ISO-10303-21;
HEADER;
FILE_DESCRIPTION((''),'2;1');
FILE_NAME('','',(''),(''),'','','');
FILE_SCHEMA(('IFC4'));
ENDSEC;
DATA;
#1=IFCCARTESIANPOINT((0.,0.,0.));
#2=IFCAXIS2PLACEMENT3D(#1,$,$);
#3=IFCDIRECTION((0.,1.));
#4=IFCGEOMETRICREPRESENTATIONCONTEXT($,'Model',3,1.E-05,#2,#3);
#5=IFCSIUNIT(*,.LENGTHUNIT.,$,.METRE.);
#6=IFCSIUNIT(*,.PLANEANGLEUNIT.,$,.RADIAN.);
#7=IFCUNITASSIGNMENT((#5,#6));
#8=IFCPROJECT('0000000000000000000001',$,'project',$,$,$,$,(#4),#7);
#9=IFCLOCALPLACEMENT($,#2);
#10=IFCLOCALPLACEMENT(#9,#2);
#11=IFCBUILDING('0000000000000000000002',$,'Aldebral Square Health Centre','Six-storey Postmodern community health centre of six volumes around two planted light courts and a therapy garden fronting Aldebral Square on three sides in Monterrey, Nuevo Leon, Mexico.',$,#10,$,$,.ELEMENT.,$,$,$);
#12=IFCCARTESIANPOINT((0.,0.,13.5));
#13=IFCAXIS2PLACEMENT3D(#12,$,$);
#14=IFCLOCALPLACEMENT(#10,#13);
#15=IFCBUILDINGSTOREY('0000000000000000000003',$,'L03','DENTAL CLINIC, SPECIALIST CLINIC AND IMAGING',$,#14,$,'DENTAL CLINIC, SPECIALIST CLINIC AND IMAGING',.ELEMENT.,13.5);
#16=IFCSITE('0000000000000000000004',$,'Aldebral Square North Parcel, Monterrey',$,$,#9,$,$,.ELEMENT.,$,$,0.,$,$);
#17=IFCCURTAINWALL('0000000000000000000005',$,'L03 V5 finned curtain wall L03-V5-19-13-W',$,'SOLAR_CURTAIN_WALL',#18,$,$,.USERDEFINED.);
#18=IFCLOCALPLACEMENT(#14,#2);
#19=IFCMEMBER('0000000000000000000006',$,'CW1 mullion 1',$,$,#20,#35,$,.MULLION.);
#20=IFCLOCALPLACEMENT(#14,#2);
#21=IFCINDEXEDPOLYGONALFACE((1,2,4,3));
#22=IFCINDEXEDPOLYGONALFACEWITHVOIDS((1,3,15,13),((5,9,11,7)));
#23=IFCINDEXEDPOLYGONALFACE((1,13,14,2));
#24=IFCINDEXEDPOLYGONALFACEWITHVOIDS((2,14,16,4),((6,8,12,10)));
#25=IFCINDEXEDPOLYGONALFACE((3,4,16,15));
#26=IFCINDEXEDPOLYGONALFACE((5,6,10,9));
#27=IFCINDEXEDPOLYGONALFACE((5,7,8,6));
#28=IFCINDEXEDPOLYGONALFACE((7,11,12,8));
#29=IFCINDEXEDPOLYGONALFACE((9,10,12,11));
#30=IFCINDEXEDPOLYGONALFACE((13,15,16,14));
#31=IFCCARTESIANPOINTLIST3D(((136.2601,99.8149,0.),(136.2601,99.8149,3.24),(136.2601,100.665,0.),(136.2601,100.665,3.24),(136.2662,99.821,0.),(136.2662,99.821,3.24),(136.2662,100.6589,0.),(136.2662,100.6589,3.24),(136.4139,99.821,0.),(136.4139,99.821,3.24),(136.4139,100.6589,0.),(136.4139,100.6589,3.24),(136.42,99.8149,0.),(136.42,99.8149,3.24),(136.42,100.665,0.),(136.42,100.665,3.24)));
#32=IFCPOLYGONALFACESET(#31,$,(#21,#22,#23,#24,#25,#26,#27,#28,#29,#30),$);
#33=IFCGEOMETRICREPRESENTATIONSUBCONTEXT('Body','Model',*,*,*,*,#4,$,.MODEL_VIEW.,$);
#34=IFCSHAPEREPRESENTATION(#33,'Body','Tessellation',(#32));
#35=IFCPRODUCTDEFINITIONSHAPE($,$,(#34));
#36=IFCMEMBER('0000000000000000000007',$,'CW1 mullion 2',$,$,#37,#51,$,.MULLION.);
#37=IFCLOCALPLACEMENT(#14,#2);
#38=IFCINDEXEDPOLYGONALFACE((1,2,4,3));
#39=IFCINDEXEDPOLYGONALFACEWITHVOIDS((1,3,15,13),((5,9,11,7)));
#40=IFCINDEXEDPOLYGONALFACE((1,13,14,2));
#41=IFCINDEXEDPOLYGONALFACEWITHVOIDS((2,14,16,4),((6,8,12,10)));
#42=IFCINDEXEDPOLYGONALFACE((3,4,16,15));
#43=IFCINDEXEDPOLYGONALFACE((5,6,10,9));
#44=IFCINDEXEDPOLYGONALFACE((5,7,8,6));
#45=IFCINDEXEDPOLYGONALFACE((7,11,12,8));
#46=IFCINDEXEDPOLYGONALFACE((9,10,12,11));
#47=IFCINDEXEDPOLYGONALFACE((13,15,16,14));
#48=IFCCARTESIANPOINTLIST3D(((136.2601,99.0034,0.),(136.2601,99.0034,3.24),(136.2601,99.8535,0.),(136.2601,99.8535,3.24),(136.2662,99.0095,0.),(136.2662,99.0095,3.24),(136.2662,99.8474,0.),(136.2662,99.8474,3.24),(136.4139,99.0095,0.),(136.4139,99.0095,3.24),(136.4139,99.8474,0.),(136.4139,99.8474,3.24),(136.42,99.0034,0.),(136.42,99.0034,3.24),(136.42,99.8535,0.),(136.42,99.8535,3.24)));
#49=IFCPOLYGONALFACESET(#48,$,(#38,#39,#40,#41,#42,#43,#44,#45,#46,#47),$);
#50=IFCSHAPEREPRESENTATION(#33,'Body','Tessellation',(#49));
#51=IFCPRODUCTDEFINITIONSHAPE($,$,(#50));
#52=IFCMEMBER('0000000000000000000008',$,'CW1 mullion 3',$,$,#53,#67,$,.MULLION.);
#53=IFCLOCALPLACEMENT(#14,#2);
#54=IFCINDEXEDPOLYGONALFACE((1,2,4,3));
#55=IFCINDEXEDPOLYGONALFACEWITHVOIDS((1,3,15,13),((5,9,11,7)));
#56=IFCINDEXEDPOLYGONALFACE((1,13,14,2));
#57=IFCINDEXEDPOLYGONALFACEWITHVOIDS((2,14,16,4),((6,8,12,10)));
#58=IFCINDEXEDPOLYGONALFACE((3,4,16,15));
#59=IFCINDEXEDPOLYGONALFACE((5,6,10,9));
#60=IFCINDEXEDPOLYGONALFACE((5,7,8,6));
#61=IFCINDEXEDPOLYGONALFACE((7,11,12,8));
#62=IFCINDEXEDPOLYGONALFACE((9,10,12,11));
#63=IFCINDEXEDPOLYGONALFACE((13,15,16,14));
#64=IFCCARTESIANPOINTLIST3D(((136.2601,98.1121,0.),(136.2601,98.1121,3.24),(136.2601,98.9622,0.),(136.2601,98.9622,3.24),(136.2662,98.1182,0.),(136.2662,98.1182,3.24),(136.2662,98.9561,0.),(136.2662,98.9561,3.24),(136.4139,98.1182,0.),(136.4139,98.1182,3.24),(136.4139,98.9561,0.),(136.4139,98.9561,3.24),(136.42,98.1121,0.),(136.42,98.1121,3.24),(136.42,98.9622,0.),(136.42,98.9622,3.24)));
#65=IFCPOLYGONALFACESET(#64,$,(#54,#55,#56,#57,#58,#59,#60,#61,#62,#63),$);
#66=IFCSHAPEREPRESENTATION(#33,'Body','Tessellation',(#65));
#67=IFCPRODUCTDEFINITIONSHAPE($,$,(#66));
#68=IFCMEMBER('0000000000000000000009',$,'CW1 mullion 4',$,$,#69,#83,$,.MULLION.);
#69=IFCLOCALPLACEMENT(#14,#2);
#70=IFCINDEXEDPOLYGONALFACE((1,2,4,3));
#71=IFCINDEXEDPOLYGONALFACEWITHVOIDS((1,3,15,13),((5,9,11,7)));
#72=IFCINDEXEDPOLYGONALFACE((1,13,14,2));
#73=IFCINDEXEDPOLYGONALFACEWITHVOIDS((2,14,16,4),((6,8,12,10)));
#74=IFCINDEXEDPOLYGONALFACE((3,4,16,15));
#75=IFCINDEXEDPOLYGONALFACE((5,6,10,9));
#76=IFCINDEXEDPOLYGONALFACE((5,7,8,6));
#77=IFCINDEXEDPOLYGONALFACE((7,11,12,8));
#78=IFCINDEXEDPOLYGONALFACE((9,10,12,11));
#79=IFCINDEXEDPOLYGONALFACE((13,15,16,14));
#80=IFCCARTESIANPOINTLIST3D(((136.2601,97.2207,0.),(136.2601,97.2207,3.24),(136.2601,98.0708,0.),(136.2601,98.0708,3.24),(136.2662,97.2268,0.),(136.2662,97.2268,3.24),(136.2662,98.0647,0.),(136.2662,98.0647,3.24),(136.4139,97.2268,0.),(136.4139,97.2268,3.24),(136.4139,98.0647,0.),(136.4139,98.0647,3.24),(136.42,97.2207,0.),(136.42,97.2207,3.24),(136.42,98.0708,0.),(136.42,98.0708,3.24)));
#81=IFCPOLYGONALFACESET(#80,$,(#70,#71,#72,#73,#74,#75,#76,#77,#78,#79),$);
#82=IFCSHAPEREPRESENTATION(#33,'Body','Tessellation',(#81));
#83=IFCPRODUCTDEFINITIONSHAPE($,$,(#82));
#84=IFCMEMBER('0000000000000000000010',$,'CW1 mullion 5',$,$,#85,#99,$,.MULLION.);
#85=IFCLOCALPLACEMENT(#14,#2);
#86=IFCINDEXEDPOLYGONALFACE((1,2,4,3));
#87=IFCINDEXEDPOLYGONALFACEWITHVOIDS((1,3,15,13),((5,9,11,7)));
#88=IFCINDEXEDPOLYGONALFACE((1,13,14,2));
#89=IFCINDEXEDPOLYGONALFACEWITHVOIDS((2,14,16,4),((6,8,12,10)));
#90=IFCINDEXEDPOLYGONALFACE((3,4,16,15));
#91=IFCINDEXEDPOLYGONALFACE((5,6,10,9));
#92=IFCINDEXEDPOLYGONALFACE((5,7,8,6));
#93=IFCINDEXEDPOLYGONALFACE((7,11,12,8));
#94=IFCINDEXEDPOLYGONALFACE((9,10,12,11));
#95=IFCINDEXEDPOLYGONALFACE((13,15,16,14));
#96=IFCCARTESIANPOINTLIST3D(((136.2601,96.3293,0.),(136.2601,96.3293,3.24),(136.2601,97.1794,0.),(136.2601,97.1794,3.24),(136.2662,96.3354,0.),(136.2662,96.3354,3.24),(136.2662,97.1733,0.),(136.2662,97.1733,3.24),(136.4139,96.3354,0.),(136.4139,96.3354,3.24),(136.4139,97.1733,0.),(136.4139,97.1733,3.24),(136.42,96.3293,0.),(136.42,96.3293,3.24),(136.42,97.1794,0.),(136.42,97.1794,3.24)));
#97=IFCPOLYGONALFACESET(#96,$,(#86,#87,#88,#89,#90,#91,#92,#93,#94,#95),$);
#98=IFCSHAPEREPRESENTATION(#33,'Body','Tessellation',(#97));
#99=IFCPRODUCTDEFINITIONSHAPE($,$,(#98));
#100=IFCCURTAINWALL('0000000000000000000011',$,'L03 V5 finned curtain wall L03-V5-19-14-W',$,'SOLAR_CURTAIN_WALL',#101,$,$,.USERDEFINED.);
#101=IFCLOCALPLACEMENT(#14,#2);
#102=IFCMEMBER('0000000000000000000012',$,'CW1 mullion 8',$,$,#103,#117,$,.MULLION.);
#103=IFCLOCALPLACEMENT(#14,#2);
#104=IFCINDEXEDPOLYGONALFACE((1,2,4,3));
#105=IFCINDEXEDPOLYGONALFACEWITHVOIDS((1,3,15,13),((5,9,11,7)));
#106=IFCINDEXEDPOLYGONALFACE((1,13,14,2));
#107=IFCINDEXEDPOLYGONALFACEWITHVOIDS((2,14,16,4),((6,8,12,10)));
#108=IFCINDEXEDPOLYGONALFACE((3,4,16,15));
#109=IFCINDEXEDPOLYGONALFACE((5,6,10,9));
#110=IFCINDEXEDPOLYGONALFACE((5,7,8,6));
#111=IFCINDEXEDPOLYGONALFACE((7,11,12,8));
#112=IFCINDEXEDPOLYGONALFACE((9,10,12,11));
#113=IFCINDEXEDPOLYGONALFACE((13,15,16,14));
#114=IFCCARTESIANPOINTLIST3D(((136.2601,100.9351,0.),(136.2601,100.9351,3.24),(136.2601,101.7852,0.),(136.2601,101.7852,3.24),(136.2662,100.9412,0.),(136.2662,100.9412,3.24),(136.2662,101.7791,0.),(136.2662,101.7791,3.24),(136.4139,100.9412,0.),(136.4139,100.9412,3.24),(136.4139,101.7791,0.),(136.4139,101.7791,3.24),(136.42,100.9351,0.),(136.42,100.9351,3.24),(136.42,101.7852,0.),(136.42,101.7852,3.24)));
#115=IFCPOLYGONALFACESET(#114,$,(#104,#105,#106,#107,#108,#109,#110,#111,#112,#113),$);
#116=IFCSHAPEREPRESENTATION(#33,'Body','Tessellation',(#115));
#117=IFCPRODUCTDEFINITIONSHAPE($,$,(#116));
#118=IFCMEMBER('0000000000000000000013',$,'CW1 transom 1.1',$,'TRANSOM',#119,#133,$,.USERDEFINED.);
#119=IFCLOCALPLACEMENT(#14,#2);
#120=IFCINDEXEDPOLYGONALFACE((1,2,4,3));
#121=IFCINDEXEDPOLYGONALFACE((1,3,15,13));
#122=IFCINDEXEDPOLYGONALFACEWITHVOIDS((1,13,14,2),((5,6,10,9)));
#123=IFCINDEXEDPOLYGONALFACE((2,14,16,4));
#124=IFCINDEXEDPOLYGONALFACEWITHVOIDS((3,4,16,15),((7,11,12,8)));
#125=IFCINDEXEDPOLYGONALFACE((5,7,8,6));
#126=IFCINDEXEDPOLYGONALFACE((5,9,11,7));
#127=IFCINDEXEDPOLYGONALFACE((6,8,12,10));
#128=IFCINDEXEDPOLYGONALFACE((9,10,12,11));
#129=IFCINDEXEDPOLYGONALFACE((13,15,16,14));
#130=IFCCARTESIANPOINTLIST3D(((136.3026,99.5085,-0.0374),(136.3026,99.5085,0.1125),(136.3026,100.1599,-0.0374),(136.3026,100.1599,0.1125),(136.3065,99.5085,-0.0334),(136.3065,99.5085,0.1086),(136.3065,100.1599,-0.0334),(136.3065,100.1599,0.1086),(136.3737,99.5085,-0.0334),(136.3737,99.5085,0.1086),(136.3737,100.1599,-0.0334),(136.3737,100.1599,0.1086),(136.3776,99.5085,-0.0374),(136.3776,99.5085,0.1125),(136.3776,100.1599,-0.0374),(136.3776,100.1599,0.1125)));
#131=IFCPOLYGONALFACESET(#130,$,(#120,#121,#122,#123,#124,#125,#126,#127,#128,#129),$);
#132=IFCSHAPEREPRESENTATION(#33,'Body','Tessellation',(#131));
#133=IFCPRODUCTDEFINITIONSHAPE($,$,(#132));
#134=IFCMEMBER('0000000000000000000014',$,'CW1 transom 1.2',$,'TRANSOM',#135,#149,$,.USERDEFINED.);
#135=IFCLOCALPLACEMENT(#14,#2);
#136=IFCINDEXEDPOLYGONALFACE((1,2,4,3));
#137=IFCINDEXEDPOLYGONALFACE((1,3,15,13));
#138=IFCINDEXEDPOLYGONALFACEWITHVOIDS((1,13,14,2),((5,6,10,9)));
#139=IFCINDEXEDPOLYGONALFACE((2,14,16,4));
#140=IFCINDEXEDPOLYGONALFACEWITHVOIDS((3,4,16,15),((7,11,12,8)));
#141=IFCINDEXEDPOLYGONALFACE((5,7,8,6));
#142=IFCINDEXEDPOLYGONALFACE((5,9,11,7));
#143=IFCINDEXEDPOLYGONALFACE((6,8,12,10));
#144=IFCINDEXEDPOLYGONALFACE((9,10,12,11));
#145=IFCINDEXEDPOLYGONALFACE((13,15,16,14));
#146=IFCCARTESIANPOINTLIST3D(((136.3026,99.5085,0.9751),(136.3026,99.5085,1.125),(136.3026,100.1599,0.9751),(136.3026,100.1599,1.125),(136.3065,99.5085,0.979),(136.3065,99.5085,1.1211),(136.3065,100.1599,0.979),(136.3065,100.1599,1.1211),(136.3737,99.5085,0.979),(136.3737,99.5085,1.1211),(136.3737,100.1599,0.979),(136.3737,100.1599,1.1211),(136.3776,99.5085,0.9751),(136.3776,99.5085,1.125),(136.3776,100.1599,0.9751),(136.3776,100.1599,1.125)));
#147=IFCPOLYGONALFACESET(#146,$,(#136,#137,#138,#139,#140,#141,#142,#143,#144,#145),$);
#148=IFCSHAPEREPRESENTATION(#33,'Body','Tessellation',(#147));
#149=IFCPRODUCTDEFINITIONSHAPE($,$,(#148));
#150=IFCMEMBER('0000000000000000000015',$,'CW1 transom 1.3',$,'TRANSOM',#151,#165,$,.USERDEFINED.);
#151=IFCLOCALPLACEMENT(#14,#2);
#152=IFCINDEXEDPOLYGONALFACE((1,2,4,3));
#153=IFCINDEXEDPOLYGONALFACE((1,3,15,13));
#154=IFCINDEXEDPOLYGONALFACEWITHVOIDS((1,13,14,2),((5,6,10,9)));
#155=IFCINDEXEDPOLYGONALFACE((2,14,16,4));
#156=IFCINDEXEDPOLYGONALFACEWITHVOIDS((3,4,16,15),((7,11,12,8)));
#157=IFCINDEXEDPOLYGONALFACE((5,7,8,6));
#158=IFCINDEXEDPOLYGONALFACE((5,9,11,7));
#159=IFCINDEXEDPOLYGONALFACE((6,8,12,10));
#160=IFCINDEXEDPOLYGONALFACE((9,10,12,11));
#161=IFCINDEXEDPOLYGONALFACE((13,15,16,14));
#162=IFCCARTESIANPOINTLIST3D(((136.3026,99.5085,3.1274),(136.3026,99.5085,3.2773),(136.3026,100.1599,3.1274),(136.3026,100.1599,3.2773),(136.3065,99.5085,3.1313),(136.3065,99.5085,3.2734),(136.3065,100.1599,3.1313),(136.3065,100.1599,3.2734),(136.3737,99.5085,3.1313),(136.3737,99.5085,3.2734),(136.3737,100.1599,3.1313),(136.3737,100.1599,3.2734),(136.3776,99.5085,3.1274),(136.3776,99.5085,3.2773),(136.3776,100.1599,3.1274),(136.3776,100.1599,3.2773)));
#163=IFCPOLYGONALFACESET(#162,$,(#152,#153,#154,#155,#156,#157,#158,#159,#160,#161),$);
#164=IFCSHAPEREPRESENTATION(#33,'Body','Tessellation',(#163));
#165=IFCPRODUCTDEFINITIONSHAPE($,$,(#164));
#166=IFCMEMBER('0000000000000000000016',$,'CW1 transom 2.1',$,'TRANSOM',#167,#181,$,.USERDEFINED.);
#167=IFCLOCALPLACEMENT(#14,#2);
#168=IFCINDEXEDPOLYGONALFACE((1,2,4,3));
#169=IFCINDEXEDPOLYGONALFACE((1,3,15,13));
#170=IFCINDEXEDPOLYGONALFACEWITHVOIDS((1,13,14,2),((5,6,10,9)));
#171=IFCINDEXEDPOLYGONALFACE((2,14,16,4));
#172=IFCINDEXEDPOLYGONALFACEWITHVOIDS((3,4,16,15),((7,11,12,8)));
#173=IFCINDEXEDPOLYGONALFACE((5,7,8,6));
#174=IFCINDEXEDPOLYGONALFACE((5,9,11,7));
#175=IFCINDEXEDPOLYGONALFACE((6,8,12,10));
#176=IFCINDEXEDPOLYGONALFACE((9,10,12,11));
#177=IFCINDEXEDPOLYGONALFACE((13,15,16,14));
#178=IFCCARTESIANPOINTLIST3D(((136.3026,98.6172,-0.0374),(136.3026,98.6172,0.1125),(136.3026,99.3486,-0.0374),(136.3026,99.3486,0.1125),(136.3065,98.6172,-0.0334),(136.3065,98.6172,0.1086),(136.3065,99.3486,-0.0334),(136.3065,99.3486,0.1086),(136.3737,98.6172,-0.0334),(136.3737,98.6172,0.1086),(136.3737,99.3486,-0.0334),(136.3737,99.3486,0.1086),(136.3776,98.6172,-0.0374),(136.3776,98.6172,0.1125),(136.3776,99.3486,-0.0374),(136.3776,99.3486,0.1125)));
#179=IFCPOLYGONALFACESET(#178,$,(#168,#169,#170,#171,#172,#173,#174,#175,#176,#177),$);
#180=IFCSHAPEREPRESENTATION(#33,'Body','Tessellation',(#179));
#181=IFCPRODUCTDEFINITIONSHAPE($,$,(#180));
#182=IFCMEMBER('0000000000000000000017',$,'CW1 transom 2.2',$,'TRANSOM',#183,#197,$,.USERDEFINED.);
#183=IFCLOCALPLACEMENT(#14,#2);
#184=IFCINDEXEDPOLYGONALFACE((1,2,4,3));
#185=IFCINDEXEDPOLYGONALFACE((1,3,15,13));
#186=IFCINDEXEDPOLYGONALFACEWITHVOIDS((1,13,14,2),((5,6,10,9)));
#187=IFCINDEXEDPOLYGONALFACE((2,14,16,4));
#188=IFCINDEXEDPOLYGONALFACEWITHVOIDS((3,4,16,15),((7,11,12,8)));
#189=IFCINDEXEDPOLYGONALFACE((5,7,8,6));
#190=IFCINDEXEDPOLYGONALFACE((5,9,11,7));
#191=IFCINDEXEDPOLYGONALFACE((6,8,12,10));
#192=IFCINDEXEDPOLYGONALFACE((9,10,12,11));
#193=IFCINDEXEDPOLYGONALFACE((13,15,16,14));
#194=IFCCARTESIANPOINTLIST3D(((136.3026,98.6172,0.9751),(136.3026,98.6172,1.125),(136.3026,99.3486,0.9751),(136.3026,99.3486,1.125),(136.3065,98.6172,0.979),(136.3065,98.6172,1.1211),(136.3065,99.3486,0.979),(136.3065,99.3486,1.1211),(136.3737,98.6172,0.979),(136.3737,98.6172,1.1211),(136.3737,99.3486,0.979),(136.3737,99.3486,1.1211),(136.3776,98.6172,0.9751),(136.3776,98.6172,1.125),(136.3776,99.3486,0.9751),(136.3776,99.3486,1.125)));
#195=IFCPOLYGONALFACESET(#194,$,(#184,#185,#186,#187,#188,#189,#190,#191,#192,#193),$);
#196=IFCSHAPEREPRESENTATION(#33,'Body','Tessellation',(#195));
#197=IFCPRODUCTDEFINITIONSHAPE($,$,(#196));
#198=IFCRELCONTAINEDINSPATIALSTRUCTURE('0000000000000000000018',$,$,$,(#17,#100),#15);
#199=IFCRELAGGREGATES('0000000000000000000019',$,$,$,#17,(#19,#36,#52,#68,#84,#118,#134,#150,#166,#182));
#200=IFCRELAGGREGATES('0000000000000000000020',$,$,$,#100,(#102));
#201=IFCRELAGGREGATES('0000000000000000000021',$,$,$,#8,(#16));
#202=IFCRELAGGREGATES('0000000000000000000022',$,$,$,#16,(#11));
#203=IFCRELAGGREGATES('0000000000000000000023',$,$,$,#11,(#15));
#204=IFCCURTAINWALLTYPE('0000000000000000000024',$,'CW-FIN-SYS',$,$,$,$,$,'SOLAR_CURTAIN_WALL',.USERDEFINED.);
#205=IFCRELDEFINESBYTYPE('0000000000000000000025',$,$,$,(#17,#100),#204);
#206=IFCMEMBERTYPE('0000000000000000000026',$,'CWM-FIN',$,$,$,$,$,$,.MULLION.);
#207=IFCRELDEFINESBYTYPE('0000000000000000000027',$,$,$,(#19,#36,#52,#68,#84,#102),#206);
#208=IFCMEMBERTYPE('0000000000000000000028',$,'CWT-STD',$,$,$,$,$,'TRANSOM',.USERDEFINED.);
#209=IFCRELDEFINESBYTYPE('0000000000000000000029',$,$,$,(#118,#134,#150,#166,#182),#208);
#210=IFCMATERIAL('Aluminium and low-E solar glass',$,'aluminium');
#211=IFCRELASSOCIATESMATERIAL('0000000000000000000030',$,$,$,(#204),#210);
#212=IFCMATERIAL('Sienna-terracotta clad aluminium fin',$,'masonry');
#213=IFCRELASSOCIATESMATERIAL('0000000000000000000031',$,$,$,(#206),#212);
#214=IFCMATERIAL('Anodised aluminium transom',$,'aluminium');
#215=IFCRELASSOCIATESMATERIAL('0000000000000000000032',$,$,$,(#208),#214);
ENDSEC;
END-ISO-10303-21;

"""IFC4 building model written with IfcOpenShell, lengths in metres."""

from ifc_helpers import new_model, si_unit, direction, frame, origin, origin_2d, place, context, subcontext, project, spatial, hollow_rectangle, extrude, material, material_profile, profile_set, type_object, element, aggregate, save


model = new_model("IFC4")

# Units and contexts
model_context = context("Model", 3, precision=1e-05, world=origin(), true_north=direction((0.0, 1.0)))
body_context = subcontext(model_context, "Body", "Model", "MODEL_VIEW")
ifc_project = project(units=[si_unit("LENGTHUNIT", "METRE"), si_unit("PLANEANGLEUNIT", "RADIAN")], contexts=[model_context])

# Site, building, storey
site_placement = place(None, origin())
site = spatial("IfcSite", under=ifc_project, at=site_placement, Name="Aldebral Square North Parcel, Monterrey", CompositionType="ELEMENT", RefElevation=0.0)
building_placement = place(site_placement, origin())
building = spatial("IfcBuilding", under=site, at=building_placement, Name="Aldebral Square Health Centre", Description="Six-storey Postmodern community health centre of six volumes around two planted light courts and a therapy garden fronting Aldebral Square on three sides in Monterrey, Nuevo Leon, Mexico.", CompositionType="ELEMENT")
storey_placement = place(building_placement, frame((0.0, 0.0, 13.5)))
storey = spatial("IfcBuildingStorey", under=building, at=storey_placement, Name="L03", Description="DENTAL CLINIC, SPECIALIST CLINIC AND IMAGING", LongName="DENTAL CLINIC, SPECIALIST CLINIC AND IMAGING", CompositionType="ELEMENT", Elevation=13.5)

# Curtain wall, members
ifc_material_1 = material(Name="Aluminium and low-E solar glass", Category="aluminium")
curtain_wall_type = type_object("IfcCurtainWallType", Name="CW-FIN-SYS", ElementType="SOLAR_CURTAIN_WALL", PredefinedType="USERDEFINED", material=ifc_material_1)
curtain_wall_1_placement = place(storey_placement, origin())
curtain_wall_1 = element("IfcCurtainWall", 1, at=curtain_wall_1_placement, inside=storey, type_object=curtain_wall_type, Name="L03 V5 finned curtain wall L03-V5-19-13-W", ObjectType="SOLAR_CURTAIN_WALL", PredefinedType="USERDEFINED")
ifc_material_2 = material(Name="Sienna-terracotta clad aluminium fin", Category="masonry")
ifc_material_profile_1 = material_profile(ifc_material_2, hollow_rectangle(XDim=0.1599, YDim=0.8501, WallThickness=0.0061, at=origin_2d()), Name="FIN 160x850x6")
ifc_profile_set_1 = profile_set([ifc_material_profile_1], Name="Sienna-terracotta clad aluminium fin")
member_type_1 = type_object("IfcMemberType", Name="CWM-FIN", PredefinedType="MULLION", material=ifc_profile_set_1)
member_1_placement = place(storey_placement, frame((136.3401, 100.24, 0.0), z_axis=(0.0, 0.0, 1.0), x_axis=(1.0, 0.0, 0.0)))
member_1 = element("IfcMember", 2, at=member_1_placement, type_object=member_type_1, Name="CW1 mullion 1", PredefinedType="MULLION", context=body_context, shape_type="SweptSolid", body=[
    extrude(hollow_rectangle(XDim=0.1599, YDim=0.8501, WallThickness=0.0061, at=origin_2d()), origin(), (0.0, 0.0, 1.0), 3.24),
])
member_2_placement = place(storey_placement, frame((136.3401, 99.4285, 0.0), z_axis=(0.0, 0.0, 1.0), x_axis=(1.0, 0.0, 0.0)))
member_2 = element("IfcMember", 3, at=member_2_placement, type_object=member_type_1, Name="CW1 mullion 2", PredefinedType="MULLION", context=body_context, shape_type="SweptSolid", body=[
    extrude(hollow_rectangle(XDim=0.1599, YDim=0.8501, WallThickness=0.0061, at=origin_2d()), origin(), (0.0, 0.0, 1.0), 3.24),
])
member_3_placement = place(storey_placement, frame((136.3401, 98.5371, 0.0), z_axis=(0.0, 0.0, 1.0), x_axis=(1.0, 0.0, 0.0)))
member_3 = element("IfcMember", 4, at=member_3_placement, type_object=member_type_1, Name="CW1 mullion 3", PredefinedType="MULLION", context=body_context, shape_type="SweptSolid", body=[
    extrude(hollow_rectangle(XDim=0.1599, YDim=0.8501, WallThickness=0.0061, at=origin_2d()), origin(), (0.0, 0.0, 1.0), 3.24),
])
member_4_placement = place(storey_placement, frame((136.3401, 97.6458, 0.0), z_axis=(0.0, 0.0, 1.0), x_axis=(1.0, 0.0, 0.0)))
member_4 = element("IfcMember", 5, at=member_4_placement, type_object=member_type_1, Name="CW1 mullion 4", PredefinedType="MULLION", context=body_context, shape_type="SweptSolid", body=[
    extrude(hollow_rectangle(XDim=0.1599, YDim=0.8501, WallThickness=0.0061, at=origin_2d()), origin(), (0.0, 0.0, 1.0), 3.24),
])
member_5_placement = place(storey_placement, frame((136.3401, 96.7544, 0.0), z_axis=(0.0, 0.0, 1.0), x_axis=(1.0, 0.0, 0.0)))
member_5 = element("IfcMember", 6, at=member_5_placement, type_object=member_type_1, Name="CW1 mullion 5", PredefinedType="MULLION", context=body_context, shape_type="SweptSolid", body=[
    extrude(hollow_rectangle(XDim=0.1599, YDim=0.8501, WallThickness=0.0061, at=origin_2d()), origin(), (0.0, 0.0, 1.0), 3.24),
])

# Curtain wall, member
curtain_wall_2_placement = place(storey_placement, origin())
curtain_wall_2 = element("IfcCurtainWall", 7, at=curtain_wall_2_placement, inside=storey, type_object=curtain_wall_type, Name="L03 V5 finned curtain wall L03-V5-19-14-W", ObjectType="SOLAR_CURTAIN_WALL", PredefinedType="USERDEFINED")
member_6_placement = place(storey_placement, frame((136.3401, 101.3601, 0.0), z_axis=(0.0, 0.0, 1.0), x_axis=(1.0, 0.0, 0.0)))
member_6 = element("IfcMember", 8, at=member_6_placement, type_object=member_type_1, Name="CW1 mullion 8", PredefinedType="MULLION", context=body_context, shape_type="SweptSolid", body=[
    extrude(hollow_rectangle(XDim=0.1599, YDim=0.8501, WallThickness=0.0061, at=origin_2d()), origin(), (0.0, 0.0, 1.0), 3.24),
])

# Members
ifc_material_3 = material(Name="Anodised aluminium transom", Category="aluminium")
ifc_material_profile_2 = material_profile(ifc_material_3, hollow_rectangle(XDim=0.075, YDim=0.1499, WallThickness=0.0039, at=origin_2d()), Name="CWT 75x150x4")
ifc_profile_set_2 = profile_set([ifc_material_profile_2], Name="Anodised aluminium transom")
member_type_2 = type_object("IfcMemberType", Name="CWT-STD", ElementType="TRANSOM", PredefinedType="USERDEFINED", material=ifc_profile_set_2)
member_7_placement = place(storey_placement, frame((136.3401, 100.1599, 0.0376), z_axis=(0.0, -1.0, 0.0), x_axis=(1.0, 0.0, 0.0)))
member_7 = element("IfcMember", 9, at=member_7_placement, type_object=member_type_2, Name="CW1 transom 1.1", ObjectType="TRANSOM", PredefinedType="USERDEFINED", context=body_context, shape_type="SweptSolid", body=[
    extrude(hollow_rectangle(XDim=0.075, YDim=0.1499, WallThickness=0.0039, at=origin_2d()), origin(), (0.0, 0.0, 1.0), 0.6514),
])
member_8_placement = place(storey_placement, frame((136.3401, 100.1599, 1.05), z_axis=(0.0, -1.0, 0.0), x_axis=(1.0, 0.0, 0.0)))
member_8 = element("IfcMember", 10, at=member_8_placement, type_object=member_type_2, Name="CW1 transom 1.2", ObjectType="TRANSOM", PredefinedType="USERDEFINED", context=body_context, shape_type="SweptSolid", body=[
    extrude(hollow_rectangle(XDim=0.075, YDim=0.1499, WallThickness=0.0039, at=origin_2d()), origin(), (0.0, 0.0, 1.0), 0.6514),
])
member_9_placement = place(storey_placement, frame((136.3401, 100.1599, 3.2024), z_axis=(0.0, -1.0, 0.0), x_axis=(1.0, 0.0, 0.0)))
member_9 = element("IfcMember", 11, at=member_9_placement, type_object=member_type_2, Name="CW1 transom 1.3", ObjectType="TRANSOM", PredefinedType="USERDEFINED", context=body_context, shape_type="SweptSolid", body=[
    extrude(hollow_rectangle(XDim=0.075, YDim=0.1499, WallThickness=0.0039, at=origin_2d()), origin(), (0.0, 0.0, 1.0), 0.6514),
])
member_10_placement = place(storey_placement, frame((136.3401, 99.3486, 0.0376), z_axis=(0.0, -1.0, 0.0), x_axis=(1.0, 0.0, 0.0)))
member_10 = element("IfcMember", 12, at=member_10_placement, type_object=member_type_2, Name="CW1 transom 2.1", ObjectType="TRANSOM", PredefinedType="USERDEFINED", context=body_context, shape_type="SweptSolid", body=[
    extrude(hollow_rectangle(XDim=0.075, YDim=0.1499, WallThickness=0.0039, at=origin_2d()), origin(), (0.0, 0.0, 1.0), 0.7314),
])
member_11_placement = place(storey_placement, frame((136.3401, 99.3486, 1.05), z_axis=(0.0, -1.0, 0.0), x_axis=(1.0, 0.0, 0.0)))
member_11 = element("IfcMember", 13, at=member_11_placement, type_object=member_type_2, Name="CW1 transom 2.2", ObjectType="TRANSOM", PredefinedType="USERDEFINED", context=body_context, shape_type="SweptSolid", body=[
    extrude(hollow_rectangle(XDim=0.075, YDim=0.1499, WallThickness=0.0039, at=origin_2d()), origin(), (0.0, 0.0, 1.0), 0.7314),
])

aggregate(curtain_wall_1, [member_1, member_2, member_3, member_4, member_5, member_7, member_8, member_9, member_10, member_11])
aggregate(curtain_wall_2, [member_6])

save(model, "model.ifc")
